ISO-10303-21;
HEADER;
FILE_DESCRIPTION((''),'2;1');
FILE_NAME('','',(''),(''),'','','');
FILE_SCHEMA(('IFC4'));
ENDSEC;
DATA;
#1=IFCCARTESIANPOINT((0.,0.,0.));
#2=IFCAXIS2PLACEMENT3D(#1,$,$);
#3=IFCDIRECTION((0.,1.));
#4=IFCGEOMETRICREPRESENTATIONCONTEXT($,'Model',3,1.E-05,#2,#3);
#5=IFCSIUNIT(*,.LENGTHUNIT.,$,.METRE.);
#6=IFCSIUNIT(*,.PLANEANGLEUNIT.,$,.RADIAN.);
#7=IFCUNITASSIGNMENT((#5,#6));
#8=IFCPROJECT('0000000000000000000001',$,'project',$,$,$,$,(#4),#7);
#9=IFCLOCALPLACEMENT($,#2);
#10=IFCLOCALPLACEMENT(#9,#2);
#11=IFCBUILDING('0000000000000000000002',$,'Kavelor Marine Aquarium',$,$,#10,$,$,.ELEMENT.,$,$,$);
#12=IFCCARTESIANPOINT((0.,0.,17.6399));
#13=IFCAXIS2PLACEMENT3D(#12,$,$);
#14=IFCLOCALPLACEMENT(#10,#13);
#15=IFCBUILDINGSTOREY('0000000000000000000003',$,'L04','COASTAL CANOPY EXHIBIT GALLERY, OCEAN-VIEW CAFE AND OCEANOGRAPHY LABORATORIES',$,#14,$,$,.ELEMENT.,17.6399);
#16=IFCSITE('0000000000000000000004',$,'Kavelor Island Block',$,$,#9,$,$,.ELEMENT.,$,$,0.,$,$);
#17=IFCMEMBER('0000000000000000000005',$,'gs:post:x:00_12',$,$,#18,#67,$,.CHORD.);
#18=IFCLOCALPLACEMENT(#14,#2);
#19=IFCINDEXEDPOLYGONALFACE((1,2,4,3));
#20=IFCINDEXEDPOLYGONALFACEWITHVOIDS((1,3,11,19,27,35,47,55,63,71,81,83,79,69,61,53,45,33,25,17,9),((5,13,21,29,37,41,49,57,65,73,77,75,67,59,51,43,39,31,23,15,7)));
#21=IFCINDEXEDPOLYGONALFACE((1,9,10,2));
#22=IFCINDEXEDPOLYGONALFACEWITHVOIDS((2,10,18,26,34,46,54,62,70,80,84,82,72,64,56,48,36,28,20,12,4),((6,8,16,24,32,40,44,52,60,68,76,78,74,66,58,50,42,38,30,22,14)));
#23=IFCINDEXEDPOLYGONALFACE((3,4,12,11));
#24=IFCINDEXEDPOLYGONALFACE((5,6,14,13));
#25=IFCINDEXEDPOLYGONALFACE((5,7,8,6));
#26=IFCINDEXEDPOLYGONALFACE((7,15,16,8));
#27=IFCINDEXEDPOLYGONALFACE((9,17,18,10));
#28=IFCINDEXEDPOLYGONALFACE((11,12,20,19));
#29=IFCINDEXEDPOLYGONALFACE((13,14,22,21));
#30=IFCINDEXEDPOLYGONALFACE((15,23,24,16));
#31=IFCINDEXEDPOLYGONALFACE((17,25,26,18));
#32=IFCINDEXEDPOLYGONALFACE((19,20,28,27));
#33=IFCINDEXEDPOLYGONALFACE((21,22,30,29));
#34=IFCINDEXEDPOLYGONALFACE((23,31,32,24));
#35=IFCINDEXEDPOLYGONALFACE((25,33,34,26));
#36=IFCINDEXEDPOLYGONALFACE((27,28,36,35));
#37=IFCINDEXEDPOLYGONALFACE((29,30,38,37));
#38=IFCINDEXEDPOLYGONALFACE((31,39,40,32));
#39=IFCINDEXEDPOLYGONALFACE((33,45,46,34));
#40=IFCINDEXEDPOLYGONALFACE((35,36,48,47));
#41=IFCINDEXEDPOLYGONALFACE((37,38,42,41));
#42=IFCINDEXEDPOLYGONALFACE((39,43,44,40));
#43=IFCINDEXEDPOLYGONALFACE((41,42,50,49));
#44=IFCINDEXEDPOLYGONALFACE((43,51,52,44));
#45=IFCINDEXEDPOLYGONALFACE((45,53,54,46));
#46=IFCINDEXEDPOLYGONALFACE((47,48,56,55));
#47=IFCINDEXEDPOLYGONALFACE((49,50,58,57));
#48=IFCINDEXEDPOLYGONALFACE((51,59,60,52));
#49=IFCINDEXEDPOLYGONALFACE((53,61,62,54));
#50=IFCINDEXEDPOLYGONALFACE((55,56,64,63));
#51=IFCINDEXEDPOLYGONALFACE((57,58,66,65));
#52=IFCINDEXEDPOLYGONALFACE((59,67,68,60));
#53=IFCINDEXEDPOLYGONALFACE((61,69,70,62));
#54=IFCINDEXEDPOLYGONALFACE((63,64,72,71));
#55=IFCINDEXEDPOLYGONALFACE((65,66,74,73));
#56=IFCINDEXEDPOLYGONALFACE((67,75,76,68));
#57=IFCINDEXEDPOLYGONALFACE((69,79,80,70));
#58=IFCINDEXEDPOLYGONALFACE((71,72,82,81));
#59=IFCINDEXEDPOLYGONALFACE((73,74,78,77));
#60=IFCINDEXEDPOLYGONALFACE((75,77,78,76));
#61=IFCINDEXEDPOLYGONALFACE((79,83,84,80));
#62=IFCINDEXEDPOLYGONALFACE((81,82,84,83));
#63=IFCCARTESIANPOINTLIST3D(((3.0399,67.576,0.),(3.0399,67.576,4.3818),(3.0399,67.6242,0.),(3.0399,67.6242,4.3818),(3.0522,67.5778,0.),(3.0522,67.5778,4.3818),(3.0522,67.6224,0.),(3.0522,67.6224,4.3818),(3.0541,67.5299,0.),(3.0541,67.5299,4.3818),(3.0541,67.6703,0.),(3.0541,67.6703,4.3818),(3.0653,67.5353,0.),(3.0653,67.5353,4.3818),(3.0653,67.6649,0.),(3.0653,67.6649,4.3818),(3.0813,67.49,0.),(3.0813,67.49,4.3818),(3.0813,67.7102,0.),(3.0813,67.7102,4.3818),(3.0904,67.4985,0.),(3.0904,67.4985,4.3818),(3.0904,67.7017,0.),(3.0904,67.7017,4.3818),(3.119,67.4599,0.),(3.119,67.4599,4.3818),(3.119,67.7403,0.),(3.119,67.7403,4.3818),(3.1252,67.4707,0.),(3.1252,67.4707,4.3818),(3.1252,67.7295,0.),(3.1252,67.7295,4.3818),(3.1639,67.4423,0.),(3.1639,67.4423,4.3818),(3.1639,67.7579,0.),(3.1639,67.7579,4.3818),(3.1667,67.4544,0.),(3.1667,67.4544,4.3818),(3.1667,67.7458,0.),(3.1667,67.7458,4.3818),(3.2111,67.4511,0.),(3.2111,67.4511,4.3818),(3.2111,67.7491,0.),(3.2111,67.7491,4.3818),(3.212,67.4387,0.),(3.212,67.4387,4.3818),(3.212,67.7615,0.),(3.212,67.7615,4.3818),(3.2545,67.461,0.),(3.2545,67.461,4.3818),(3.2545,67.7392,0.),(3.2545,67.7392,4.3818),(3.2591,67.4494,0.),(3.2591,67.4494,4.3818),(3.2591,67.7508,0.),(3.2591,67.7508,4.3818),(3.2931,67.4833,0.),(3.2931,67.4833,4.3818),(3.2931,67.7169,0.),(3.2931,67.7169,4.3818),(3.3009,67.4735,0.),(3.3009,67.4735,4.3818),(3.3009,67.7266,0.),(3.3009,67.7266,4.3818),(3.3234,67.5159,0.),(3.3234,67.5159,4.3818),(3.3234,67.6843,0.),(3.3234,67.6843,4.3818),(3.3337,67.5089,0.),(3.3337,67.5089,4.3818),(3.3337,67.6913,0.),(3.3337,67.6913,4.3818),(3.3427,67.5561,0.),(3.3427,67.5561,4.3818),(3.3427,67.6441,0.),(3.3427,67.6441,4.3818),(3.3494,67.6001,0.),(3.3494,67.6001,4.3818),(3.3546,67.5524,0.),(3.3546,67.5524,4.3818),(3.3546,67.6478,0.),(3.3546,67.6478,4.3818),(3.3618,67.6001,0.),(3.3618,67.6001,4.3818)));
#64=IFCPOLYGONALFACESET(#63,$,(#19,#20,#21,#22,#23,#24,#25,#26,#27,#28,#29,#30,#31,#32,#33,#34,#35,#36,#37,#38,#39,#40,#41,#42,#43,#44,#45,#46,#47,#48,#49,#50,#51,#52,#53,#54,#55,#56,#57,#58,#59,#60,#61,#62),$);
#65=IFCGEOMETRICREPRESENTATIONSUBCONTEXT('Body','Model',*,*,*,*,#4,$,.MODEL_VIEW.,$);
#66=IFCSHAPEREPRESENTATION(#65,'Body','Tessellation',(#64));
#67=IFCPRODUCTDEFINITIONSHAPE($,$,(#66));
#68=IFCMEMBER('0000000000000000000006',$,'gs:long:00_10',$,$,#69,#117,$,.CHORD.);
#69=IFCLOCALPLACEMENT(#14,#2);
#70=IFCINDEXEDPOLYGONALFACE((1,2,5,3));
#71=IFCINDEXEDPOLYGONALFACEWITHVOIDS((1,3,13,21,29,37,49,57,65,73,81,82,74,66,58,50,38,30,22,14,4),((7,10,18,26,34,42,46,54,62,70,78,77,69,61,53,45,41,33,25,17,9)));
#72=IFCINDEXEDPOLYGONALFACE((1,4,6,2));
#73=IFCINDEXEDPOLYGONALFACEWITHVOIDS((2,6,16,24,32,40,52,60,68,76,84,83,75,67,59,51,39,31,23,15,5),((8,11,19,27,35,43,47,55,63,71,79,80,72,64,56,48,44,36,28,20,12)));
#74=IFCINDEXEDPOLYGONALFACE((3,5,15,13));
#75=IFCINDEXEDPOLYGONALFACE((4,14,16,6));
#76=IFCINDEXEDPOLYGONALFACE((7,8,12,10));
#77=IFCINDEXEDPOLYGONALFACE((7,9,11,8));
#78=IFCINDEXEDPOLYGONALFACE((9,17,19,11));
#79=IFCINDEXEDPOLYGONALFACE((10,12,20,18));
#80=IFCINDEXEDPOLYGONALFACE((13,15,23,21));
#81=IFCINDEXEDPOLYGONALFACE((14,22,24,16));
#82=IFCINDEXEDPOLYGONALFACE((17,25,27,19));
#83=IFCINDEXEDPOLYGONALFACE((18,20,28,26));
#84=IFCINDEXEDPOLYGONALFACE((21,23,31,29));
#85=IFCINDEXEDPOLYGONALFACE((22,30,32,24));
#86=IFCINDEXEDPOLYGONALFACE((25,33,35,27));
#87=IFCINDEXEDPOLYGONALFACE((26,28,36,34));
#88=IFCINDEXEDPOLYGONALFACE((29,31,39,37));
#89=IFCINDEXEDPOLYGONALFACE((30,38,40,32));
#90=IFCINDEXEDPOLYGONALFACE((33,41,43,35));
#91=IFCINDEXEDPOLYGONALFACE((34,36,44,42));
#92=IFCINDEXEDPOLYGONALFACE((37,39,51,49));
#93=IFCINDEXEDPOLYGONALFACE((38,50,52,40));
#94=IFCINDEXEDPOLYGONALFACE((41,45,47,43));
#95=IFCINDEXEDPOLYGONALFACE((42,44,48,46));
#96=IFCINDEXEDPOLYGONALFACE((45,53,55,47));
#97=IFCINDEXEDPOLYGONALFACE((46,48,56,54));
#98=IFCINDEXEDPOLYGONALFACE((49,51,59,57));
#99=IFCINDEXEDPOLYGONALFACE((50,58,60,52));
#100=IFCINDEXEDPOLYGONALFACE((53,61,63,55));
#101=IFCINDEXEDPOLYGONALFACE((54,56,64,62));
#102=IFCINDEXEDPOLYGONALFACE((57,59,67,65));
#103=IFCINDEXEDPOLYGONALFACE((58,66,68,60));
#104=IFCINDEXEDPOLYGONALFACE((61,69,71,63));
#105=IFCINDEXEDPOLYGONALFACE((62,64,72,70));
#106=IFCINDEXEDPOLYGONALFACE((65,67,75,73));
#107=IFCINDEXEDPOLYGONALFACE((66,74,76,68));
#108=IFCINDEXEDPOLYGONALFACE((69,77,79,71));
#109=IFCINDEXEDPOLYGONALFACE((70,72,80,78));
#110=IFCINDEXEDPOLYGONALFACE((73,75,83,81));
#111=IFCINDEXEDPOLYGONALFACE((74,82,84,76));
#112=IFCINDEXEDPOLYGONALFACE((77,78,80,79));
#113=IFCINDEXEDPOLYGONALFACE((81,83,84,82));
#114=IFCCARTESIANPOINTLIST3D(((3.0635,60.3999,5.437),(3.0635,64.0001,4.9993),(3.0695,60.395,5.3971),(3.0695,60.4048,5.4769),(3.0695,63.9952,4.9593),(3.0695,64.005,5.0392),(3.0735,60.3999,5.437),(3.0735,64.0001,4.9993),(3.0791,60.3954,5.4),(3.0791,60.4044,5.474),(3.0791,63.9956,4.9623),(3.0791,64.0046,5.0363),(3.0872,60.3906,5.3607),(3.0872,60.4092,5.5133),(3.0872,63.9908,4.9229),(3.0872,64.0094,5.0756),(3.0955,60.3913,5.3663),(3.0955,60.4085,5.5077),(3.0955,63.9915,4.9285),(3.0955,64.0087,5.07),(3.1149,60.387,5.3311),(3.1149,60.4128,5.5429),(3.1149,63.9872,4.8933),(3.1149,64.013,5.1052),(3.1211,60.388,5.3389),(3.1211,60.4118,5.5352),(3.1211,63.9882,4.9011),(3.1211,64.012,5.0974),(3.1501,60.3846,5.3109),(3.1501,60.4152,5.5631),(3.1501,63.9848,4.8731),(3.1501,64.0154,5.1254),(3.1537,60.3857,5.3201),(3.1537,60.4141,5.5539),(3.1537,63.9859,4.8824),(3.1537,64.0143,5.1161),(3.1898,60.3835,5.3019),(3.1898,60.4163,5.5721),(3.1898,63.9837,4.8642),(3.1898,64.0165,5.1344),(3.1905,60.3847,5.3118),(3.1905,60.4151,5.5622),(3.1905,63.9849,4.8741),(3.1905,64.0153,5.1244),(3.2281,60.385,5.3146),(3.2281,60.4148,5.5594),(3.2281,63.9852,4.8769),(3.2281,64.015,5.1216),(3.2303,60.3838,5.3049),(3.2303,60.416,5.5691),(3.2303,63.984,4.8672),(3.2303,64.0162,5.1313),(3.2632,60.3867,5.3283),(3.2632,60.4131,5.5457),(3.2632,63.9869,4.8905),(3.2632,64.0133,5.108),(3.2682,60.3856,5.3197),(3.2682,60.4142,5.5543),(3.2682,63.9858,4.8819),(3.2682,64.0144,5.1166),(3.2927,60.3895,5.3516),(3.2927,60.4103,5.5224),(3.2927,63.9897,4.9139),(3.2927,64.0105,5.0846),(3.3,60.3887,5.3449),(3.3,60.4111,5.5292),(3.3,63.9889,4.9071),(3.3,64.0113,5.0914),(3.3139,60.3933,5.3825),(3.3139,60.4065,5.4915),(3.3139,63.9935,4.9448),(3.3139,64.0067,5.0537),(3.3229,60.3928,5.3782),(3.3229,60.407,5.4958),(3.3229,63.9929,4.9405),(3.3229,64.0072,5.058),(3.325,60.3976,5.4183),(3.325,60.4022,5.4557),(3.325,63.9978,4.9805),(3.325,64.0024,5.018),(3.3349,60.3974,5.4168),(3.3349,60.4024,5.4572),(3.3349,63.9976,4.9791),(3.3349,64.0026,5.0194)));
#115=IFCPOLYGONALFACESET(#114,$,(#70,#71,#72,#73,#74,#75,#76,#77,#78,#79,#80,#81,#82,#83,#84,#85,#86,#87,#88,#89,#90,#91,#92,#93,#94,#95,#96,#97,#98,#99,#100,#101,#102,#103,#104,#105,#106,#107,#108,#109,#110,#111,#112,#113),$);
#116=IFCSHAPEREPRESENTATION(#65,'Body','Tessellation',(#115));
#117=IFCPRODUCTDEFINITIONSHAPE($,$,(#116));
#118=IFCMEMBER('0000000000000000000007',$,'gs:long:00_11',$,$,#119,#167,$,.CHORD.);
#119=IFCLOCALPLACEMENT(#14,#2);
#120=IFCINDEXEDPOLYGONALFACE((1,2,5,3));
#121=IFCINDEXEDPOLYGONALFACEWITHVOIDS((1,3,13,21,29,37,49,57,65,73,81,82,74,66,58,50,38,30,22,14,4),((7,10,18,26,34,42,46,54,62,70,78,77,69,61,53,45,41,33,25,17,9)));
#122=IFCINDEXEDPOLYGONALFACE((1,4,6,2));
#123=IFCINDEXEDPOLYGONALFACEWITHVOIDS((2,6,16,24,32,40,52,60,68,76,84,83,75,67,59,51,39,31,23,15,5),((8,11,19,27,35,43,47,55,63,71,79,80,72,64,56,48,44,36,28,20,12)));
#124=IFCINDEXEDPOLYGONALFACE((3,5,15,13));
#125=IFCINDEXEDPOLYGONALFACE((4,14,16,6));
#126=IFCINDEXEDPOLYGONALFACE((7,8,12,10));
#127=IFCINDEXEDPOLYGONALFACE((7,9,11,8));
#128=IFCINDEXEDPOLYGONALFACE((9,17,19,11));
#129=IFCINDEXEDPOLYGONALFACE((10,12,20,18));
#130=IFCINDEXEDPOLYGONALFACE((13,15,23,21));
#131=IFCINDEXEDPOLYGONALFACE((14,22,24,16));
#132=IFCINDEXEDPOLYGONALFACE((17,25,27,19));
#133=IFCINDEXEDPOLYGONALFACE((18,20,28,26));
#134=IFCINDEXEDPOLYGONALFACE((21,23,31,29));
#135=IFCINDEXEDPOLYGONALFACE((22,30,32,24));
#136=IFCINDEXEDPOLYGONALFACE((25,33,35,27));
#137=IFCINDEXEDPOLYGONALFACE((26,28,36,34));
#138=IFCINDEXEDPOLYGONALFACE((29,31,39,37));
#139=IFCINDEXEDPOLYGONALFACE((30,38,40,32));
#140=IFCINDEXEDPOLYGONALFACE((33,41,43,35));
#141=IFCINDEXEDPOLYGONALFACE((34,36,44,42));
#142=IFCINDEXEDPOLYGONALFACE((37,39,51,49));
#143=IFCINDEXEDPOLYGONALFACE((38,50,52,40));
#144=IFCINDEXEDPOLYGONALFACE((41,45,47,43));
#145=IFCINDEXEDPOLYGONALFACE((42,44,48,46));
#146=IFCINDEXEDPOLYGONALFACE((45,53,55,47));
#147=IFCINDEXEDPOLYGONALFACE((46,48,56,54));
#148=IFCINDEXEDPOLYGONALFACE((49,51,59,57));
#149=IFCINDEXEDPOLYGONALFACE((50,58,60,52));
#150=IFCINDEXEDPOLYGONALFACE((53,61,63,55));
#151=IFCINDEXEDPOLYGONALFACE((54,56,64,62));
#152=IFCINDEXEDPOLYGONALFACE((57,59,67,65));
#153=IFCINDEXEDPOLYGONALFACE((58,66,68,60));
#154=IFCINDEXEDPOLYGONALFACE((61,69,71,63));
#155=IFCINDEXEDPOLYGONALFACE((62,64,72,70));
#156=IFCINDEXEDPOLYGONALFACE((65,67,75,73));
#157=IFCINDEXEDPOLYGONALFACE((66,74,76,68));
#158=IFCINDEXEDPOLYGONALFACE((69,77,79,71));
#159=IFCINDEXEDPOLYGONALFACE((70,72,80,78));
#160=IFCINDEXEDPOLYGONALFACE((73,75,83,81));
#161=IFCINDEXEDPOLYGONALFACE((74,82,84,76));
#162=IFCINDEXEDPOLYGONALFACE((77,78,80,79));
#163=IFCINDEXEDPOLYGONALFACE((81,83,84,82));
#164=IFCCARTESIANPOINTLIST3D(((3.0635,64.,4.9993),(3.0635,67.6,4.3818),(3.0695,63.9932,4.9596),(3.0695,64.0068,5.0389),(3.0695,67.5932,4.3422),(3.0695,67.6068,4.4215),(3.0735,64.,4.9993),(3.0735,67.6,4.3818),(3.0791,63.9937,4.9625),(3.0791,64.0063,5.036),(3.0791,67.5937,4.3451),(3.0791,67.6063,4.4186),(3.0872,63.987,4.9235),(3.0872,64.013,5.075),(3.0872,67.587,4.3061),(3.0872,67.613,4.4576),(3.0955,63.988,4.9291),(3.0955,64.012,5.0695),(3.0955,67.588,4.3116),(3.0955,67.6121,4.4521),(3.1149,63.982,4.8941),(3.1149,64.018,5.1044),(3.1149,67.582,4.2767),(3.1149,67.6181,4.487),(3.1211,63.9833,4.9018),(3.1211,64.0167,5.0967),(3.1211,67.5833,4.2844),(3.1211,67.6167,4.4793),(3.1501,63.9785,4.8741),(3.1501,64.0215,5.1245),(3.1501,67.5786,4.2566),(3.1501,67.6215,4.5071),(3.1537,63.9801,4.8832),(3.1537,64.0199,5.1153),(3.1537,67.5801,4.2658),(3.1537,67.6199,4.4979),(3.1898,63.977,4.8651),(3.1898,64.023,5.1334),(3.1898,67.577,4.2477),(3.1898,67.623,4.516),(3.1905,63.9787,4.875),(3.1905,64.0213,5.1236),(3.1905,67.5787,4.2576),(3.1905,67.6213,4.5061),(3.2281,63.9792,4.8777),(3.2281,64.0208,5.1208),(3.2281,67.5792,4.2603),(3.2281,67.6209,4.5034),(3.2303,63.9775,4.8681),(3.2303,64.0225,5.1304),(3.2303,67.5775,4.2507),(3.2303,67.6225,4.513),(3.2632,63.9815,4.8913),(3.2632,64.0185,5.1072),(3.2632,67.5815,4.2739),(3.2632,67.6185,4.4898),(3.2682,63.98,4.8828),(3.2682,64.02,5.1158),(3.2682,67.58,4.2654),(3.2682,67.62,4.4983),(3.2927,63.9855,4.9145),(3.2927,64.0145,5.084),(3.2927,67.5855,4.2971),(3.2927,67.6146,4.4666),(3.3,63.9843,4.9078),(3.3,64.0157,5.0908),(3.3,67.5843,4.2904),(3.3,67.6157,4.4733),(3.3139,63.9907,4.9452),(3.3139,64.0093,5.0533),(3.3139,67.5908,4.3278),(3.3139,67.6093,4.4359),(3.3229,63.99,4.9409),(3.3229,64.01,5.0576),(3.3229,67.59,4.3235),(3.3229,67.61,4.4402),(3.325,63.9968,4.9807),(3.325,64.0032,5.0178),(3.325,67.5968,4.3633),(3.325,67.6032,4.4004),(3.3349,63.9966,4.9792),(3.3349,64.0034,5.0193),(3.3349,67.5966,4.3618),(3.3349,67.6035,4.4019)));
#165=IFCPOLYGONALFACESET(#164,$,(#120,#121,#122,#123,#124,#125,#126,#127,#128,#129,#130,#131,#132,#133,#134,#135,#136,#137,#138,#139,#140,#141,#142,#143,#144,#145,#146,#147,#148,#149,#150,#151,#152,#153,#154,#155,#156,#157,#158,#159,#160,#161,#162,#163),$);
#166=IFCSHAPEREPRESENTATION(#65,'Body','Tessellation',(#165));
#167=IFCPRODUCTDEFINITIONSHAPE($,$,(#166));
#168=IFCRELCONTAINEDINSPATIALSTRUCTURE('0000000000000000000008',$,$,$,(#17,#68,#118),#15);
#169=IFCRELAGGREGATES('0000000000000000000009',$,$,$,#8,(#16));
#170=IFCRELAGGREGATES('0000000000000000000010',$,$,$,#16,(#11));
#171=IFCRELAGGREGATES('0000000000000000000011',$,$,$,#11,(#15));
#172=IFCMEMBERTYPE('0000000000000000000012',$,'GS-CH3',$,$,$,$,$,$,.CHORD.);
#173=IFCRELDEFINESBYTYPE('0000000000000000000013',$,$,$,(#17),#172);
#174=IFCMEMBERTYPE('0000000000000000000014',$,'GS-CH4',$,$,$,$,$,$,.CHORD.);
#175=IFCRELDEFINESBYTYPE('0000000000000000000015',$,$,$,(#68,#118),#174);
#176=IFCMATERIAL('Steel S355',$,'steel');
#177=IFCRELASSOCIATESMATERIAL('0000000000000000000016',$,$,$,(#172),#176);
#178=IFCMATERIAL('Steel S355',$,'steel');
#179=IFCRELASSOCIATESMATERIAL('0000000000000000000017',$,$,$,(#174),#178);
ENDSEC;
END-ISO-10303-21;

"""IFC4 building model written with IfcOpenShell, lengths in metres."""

from ifc_helpers import new_model, si_unit, direction, frame, origin, origin_2d, place, context, subcontext, project, spatial, hollow_circle, extrude, material, material_profile, profile_set, type_object, element, save


model = new_model("IFC4")

# Units and contexts
model_context = context("Model", 3, precision=1e-05, world=origin(), true_north=direction((0.0, 1.0)))
body_context = subcontext(model_context, "Body", "Model", "MODEL_VIEW")
ifc_project = project(units=[si_unit("LENGTHUNIT", "METRE"), si_unit("PLANEANGLEUNIT", "RADIAN")], contexts=[model_context])

# Site, building, storey
site_placement = place(None, origin())
site = spatial("IfcSite", under=ifc_project, at=site_placement, Name="Kavelor Island Block", CompositionType="ELEMENT", RefElevation=0.0)
building_placement = place(site_placement, origin())
building = spatial("IfcBuilding", under=site, at=building_placement, Name="Kavelor Marine Aquarium", CompositionType="ELEMENT")
storey_placement = place(building_placement, frame((0.0, 0.0, 17.6399)))
storey = spatial("IfcBuildingStorey", under=building, at=storey_placement, Name="L04", Description="COASTAL CANOPY EXHIBIT GALLERY, OCEAN-VIEW CAFE AND OCEANOGRAPHY LABORATORIES", CompositionType="ELEMENT", Elevation=17.6399)

# Members
ifc_material_1 = material(Name="Steel S355", Category="steel")
ifc_material_profile_1 = material_profile(ifc_material_1, hollow_circle(Radius=0.1619, WallThickness=0.0125, at=origin_2d()), Name="CHS 323.9x12.5")
ifc_profile_set_1 = profile_set([ifc_material_profile_1], Name="Steel S355")
member_type_1 = type_object("IfcMemberType", Name="GS-CH3", PredefinedType="CHORD", material=ifc_profile_set_1)
member_1_placement = place(storey_placement, frame((3.2, 67.6001, 0.0), z_axis=(0.0, 0.0, 1.0), x_axis=(1.0, 0.0, 0.0)))
element("IfcMember", 1, at=member_1_placement, inside=storey, type_object=member_type_1, Name="gs:post:x:00_12", PredefinedType="CHORD", context=body_context, shape_type="SweptSolid", body=[
    extrude(hollow_circle(Radius=0.1619, WallThickness=0.0125, at=origin_2d()), origin(), (0.0, 0.0, 1.0), 4.3818),
])
ifc_material_2 = material(Name="Steel S355", Category="steel")
ifc_material_profile_2 = material_profile(ifc_material_2, hollow_circle(Radius=0.1365, WallThickness=0.01, at=origin_2d()), Name="CHS 273.0x10.0")
ifc_profile_set_2 = profile_set([ifc_material_profile_2], Name="Steel S355")
member_type_2 = type_object("IfcMemberType", Name="GS-CH4", PredefinedType="CHORD", material=ifc_profile_set_2)
member_2_placement = place(storey_placement, frame((3.2, 60.3999, 5.437), z_axis=(0.0, 0.992689, -0.120703), x_axis=(-1.0, 0.0, 0.0)))
element("IfcMember", 2, at=member_2_placement, inside=storey, type_object=member_type_2, Name="gs:long:00_10", PredefinedType="CHORD", context=body_context, shape_type="SweptSolid", body=[
    extrude(hollow_circle(Radius=0.1365, WallThickness=0.01, at=origin_2d()), origin(), (0.0, 0.0, 1.0), 3.6267),
])
member_3_placement = place(storey_placement, frame((3.2, 64.0, 4.9993), z_axis=(0.0, 0.98561, -0.169036), x_axis=(-1.0, 0.0, 0.0)))
element("IfcMember", 3, at=member_3_placement, inside=storey, type_object=member_type_2, Name="gs:long:00_11", PredefinedType="CHORD", context=body_context, shape_type="SweptSolid", body=[
    extrude(hollow_circle(Radius=0.1365, WallThickness=0.01, at=origin_2d()), origin(), (0.0, 0.0, 1.0), 3.6526),
])

save(model, "model.ifc")
